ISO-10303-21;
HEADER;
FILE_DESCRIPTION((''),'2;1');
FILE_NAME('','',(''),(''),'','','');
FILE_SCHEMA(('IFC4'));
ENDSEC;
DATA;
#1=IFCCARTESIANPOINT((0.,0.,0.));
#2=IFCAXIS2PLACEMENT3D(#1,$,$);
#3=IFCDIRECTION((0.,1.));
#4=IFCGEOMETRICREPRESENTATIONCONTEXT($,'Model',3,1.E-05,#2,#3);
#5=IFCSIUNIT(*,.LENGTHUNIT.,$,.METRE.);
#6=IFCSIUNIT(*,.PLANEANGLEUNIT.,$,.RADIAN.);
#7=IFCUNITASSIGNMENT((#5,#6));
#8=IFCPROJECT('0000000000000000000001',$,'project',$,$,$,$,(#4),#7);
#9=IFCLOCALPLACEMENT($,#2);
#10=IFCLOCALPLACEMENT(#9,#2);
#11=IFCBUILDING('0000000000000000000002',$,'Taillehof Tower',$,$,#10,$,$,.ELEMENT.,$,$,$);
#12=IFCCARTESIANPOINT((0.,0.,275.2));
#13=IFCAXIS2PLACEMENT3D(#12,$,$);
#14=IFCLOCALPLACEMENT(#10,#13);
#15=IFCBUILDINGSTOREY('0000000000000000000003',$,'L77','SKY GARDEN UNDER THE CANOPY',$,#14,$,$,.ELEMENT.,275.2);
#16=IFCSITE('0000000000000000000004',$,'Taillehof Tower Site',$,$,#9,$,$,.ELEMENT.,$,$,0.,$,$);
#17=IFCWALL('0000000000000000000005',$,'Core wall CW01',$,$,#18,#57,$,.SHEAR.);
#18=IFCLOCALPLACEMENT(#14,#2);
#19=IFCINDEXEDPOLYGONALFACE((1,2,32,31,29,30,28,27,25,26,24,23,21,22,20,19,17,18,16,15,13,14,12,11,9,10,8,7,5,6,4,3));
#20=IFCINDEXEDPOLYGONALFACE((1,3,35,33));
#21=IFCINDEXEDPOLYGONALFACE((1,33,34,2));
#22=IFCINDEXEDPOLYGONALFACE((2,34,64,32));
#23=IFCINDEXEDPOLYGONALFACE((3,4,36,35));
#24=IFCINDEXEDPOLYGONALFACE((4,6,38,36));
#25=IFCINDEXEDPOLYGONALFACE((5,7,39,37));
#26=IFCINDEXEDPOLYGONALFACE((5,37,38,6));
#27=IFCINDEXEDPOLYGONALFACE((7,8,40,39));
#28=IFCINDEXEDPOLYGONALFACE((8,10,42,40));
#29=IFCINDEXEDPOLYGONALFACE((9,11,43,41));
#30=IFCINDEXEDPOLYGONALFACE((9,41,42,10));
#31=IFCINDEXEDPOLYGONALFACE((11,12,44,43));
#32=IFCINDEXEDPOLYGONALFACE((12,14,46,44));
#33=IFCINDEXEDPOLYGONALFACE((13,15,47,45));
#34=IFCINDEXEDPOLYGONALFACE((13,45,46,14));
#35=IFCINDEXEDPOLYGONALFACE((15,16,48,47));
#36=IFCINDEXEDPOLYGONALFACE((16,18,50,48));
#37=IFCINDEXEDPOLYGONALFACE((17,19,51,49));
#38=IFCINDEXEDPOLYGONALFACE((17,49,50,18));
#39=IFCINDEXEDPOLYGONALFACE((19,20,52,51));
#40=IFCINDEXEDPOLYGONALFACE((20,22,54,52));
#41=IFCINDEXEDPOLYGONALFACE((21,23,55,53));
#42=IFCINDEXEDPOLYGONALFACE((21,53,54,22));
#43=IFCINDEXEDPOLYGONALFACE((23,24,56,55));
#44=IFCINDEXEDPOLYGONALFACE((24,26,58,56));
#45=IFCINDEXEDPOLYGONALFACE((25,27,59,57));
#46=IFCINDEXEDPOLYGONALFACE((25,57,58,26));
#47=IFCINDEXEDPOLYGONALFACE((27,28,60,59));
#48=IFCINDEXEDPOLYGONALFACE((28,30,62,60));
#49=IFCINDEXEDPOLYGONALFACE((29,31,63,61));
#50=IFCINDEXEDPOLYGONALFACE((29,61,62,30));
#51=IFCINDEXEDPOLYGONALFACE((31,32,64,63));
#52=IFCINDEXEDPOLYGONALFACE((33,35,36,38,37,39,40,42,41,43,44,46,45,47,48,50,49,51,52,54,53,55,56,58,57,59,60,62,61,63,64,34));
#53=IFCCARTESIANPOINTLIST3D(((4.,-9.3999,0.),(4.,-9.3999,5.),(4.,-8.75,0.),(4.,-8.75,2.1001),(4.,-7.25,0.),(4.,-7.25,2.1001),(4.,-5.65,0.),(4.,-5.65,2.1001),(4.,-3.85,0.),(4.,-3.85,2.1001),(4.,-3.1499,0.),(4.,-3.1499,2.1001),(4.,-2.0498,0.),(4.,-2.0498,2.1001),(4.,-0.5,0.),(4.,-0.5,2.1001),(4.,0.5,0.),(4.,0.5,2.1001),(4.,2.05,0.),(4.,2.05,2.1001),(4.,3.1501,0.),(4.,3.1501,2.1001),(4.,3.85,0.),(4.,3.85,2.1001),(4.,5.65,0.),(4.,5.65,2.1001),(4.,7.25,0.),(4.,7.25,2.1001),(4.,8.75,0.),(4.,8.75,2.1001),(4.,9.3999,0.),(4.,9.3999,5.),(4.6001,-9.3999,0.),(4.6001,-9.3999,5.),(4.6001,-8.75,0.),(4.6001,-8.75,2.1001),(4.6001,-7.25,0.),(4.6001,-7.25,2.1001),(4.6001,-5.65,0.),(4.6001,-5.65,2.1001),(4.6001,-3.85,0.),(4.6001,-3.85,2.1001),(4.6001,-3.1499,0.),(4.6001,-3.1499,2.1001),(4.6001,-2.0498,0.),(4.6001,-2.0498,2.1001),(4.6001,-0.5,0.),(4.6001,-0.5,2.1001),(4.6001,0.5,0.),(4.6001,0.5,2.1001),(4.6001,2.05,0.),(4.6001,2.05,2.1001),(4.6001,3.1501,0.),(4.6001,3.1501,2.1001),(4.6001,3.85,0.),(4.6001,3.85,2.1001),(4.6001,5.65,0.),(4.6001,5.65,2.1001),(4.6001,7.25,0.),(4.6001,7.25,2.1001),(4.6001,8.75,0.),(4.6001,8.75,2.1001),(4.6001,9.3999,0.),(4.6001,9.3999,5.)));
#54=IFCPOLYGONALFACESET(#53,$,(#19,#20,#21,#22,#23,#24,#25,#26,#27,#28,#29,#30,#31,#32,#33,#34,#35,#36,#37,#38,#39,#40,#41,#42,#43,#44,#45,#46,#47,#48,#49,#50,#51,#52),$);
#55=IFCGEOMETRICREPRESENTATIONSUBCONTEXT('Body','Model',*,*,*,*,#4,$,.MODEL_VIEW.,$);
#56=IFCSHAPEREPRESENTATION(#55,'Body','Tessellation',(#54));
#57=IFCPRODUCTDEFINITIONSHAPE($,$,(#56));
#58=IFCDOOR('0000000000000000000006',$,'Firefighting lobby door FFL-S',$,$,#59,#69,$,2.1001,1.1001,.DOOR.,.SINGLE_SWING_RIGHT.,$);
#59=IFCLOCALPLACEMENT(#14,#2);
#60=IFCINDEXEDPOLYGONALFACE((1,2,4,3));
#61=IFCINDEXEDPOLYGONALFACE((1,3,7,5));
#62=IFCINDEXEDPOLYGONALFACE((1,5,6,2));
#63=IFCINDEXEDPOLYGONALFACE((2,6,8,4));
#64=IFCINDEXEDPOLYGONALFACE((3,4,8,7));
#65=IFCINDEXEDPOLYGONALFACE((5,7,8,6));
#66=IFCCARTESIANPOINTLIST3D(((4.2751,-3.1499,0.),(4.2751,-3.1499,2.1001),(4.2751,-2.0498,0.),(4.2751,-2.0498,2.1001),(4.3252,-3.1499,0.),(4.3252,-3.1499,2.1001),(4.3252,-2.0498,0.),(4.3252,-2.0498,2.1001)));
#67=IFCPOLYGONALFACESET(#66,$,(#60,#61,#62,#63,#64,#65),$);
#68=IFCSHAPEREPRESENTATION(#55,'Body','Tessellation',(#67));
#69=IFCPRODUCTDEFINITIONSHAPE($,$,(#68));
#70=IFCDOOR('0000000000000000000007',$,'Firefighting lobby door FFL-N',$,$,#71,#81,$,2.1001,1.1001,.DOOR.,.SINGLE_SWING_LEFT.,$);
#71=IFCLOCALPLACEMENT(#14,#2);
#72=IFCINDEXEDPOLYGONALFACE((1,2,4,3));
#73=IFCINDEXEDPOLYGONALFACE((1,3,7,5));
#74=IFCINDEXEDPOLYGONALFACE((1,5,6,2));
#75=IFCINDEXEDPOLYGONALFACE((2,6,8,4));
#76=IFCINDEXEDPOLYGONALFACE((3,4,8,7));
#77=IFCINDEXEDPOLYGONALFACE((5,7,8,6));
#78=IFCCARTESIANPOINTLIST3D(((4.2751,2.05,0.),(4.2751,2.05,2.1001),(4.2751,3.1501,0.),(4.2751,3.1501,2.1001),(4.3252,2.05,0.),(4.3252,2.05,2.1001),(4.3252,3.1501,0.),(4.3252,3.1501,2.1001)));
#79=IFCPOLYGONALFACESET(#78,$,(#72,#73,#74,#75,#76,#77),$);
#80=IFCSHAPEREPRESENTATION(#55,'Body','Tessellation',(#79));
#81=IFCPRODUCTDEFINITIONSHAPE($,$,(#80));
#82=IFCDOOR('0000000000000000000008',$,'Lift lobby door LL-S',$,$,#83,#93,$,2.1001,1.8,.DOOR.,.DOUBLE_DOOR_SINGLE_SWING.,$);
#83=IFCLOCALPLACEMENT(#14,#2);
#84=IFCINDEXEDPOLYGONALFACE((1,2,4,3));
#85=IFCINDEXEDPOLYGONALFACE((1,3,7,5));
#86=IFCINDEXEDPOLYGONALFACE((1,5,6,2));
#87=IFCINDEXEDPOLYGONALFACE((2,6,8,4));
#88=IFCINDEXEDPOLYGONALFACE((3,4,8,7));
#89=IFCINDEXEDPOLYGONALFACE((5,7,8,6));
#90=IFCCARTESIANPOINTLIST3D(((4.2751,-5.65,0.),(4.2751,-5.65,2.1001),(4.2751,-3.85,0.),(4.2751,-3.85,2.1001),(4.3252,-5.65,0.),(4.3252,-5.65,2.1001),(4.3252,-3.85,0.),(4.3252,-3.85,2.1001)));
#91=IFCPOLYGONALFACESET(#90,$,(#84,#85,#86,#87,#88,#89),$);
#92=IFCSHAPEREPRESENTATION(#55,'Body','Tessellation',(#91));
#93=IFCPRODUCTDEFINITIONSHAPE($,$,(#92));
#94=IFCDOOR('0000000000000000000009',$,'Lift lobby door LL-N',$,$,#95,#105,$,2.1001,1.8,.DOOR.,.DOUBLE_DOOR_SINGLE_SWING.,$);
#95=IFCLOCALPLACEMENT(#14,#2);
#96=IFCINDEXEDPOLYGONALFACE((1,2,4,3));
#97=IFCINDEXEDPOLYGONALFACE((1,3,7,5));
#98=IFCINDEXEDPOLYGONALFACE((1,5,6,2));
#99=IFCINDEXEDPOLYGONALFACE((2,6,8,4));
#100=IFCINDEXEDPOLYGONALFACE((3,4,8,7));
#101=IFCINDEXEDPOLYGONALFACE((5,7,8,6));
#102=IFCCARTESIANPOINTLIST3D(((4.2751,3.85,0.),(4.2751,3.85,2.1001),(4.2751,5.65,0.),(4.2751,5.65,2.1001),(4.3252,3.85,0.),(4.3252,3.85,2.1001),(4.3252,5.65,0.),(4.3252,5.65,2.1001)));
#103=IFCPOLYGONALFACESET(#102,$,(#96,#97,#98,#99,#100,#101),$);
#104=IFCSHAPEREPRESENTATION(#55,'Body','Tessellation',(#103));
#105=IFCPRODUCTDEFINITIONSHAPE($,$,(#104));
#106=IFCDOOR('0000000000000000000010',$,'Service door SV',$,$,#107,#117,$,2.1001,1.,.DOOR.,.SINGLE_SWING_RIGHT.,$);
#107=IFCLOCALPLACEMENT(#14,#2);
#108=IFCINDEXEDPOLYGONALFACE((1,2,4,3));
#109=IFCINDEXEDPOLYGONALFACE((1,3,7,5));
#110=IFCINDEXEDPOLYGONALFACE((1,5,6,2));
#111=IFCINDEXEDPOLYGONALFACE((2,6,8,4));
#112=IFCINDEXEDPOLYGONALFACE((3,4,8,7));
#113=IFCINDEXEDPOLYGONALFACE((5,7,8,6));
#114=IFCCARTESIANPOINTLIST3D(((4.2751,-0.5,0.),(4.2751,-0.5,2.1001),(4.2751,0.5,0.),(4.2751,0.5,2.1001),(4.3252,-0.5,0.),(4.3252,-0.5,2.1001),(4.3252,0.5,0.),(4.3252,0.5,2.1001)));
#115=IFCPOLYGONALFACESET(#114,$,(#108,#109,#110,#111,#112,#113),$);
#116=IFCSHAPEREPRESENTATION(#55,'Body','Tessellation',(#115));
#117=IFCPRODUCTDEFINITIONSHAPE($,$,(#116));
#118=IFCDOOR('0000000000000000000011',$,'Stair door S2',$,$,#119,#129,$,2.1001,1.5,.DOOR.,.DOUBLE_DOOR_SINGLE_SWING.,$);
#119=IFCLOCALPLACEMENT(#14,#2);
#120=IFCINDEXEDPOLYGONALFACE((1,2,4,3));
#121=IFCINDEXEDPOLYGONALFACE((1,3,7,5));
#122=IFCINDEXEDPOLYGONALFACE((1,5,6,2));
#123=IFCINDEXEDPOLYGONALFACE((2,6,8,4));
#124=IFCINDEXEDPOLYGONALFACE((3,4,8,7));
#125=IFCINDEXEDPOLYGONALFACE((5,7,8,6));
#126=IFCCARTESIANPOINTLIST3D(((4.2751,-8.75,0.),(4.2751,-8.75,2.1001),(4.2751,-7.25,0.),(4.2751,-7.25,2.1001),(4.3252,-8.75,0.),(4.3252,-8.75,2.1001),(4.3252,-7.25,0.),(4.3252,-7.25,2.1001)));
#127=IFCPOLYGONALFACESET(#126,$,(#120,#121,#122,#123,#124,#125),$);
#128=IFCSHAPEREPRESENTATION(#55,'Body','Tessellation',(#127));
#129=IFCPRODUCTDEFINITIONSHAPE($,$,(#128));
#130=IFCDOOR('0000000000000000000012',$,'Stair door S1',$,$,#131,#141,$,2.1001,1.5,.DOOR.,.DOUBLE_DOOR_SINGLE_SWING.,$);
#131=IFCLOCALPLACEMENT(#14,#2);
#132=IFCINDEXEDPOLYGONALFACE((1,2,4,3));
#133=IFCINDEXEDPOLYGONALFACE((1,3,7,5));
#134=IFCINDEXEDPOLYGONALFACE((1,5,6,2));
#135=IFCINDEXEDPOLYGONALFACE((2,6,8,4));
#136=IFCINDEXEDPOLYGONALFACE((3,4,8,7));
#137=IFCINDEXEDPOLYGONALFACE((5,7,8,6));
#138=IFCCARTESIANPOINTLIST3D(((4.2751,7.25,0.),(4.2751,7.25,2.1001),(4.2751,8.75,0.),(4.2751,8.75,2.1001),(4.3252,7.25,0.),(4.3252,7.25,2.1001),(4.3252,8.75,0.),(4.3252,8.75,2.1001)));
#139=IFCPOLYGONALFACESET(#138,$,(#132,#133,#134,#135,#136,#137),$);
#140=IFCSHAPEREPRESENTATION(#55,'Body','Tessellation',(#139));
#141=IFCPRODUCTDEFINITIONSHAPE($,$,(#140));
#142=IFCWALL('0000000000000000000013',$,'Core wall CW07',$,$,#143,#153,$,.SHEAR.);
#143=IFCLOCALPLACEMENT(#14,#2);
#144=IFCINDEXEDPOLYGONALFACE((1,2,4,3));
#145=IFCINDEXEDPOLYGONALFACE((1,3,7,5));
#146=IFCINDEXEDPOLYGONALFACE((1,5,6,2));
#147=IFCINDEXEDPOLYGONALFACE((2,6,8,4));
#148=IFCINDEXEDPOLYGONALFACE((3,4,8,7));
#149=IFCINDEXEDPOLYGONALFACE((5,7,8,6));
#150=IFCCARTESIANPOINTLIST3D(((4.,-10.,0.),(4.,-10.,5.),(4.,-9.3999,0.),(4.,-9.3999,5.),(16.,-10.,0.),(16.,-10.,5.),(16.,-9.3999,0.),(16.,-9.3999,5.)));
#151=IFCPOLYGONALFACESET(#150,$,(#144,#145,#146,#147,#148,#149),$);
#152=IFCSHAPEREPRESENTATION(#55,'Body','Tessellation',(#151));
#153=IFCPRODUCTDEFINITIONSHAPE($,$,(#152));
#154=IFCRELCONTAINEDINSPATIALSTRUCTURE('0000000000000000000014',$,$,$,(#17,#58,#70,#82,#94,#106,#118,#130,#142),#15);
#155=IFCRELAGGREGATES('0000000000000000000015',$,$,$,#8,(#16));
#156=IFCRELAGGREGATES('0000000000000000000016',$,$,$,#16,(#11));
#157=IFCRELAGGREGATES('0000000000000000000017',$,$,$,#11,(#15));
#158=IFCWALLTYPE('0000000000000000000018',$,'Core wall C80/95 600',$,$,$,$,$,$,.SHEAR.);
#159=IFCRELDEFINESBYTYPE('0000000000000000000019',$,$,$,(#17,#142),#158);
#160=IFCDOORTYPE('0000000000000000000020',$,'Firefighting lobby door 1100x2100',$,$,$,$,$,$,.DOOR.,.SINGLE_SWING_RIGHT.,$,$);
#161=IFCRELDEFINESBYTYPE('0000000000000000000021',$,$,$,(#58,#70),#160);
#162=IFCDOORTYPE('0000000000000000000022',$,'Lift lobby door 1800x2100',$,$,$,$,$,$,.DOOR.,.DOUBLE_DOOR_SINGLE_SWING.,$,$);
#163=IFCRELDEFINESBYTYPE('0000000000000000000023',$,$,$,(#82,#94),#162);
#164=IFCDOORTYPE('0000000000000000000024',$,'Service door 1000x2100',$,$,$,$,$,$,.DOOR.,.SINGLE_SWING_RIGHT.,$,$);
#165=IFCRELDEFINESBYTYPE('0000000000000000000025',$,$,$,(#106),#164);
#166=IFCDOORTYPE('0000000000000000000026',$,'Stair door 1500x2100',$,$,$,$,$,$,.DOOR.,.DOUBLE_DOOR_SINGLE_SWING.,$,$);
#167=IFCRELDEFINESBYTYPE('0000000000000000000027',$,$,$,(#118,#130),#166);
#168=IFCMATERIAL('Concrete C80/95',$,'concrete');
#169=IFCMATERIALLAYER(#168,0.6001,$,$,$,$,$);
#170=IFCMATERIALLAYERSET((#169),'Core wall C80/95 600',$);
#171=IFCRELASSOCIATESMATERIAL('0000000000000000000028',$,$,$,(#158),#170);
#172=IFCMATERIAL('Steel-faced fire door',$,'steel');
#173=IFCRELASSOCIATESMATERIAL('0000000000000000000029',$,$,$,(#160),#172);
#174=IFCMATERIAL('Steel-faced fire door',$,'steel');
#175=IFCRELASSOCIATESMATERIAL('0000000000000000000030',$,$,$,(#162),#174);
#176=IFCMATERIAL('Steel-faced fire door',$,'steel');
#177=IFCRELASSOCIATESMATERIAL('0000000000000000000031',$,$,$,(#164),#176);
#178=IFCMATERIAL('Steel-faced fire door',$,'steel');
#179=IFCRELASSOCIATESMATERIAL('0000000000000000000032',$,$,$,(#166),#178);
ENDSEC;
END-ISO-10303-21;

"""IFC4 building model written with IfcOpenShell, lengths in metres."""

from ifc_helpers import new_model, si_unit, direction, frame, frame_2d, origin, place, context, subcontext, project, spatial, rectangle, extrude, material, layer, layer_set, type_object, element, fill, save


model = new_model("IFC4")

# Units and contexts
model_context = context("Model", 3, precision=1e-05, world=origin(), true_north=direction((0.0, 1.0)))
body_context = subcontext(model_context, "Body", "Model", "MODEL_VIEW")
ifc_project = project(units=[si_unit("LENGTHUNIT", "METRE"), si_unit("PLANEANGLEUNIT", "RADIAN")], contexts=[model_context])

# Site, building, storey
site_placement = place(None, origin())
site = spatial("IfcSite", under=ifc_project, at=site_placement, Name="Taillehof Tower Site", CompositionType="ELEMENT", RefElevation=0.0)
building_placement = place(site_placement, origin())
building = spatial("IfcBuilding", under=site, at=building_placement, Name="Taillehof Tower", CompositionType="ELEMENT")
storey_placement = place(building_placement, frame((0.0, 0.0, 275.2)))
storey = spatial("IfcBuildingStorey", under=building, at=storey_placement, Name="L77", Description="SKY GARDEN UNDER THE CANOPY", CompositionType="ELEMENT", Elevation=275.2)

# Wall, openings, doors
ifc_material_1 = material(Name="Concrete C80/95", Category="concrete")
ifc_layer_1 = layer(ifc_material_1, 0.6001)
ifc_layer_set_1 = layer_set([ifc_layer_1], Name="Core wall C80/95 600")
wall_type_1 = type_object("IfcWallType", Name="Core wall C80/95 600", PredefinedType="SHEAR", material=ifc_layer_set_1)
wall_1_placement = place(storey_placement, frame((4.3, -9.3999, 0.0), z_axis=(0.0, 0.0, 1.0), x_axis=(0.0, 1.0, 0.0)))
wall_1 = element("IfcWall", 1, at=wall_1_placement, inside=storey, type_object=wall_type_1, Name="Core wall CW01", PredefinedType="SHEAR", context=body_context, shape_type="SweptSolid", body=[
    extrude(rectangle(XDim=18.7998, YDim=0.6001, at=frame_2d((9.3999, 0.0))), origin(), (0.0, 0.0, 1.0), 5.0),
])
opening_1_placement = place(wall_1_placement, frame((0.6499, 0.0, 0.0)))
opening_1 = element("IfcOpeningElement", 2, at=opening_1_placement, cuts=wall_1, PredefinedType="OPENING", context=body_context, shape_type="SweptSolid", body=[
    extrude(rectangle(XDim=1.5, YDim=2.1001, at=frame_2d((0.75, 1.05))), frame((0.0, 0.3101, 0.0), z_axis=(0.0, -1.0, 0.0), x_axis=(1.0, 0.0, 0.0)), (0.0, 0.0, 1.0), 0.6201),
])
opening_2_placement = place(wall_1_placement, frame((3.75, 0.0, 0.0)))
opening_2 = element("IfcOpeningElement", 3, at=opening_2_placement, cuts=wall_1, PredefinedType="OPENING", context=body_context, shape_type="SweptSolid", body=[
    extrude(rectangle(XDim=1.8, YDim=2.1001, at=frame_2d((0.8999, 1.05))), frame((0.0, 0.3101, 0.0), z_axis=(0.0, -1.0, 0.0), x_axis=(1.0, 0.0, 0.0)), (0.0, 0.0, 1.0), 0.6201),
])
opening_3_placement = place(wall_1_placement, frame((6.25, 0.0, 0.0)))
opening_3 = element("IfcOpeningElement", 4, at=opening_3_placement, cuts=wall_1, PredefinedType="OPENING", context=body_context, shape_type="SweptSolid", body=[
    extrude(rectangle(XDim=1.1001, YDim=2.1001, at=frame_2d((0.55, 1.05))), frame((0.0, 0.3101, 0.0), z_axis=(0.0, -1.0, 0.0), x_axis=(1.0, 0.0, 0.0)), (0.0, 0.0, 1.0), 0.6201),
])
opening_4_placement = place(wall_1_placement, frame((8.8999, 0.0, 0.0)))
opening_4 = element("IfcOpeningElement", 5, at=opening_4_placement, cuts=wall_1, PredefinedType="OPENING", context=body_context, shape_type="SweptSolid", body=[
    extrude(rectangle(XDim=1.0, YDim=2.1001, at=frame_2d((0.5, 1.05))), frame((0.0, 0.3101, 0.0), z_axis=(0.0, -1.0, 0.0), x_axis=(1.0, 0.0, 0.0)), (0.0, 0.0, 1.0), 0.6201),
])
opening_5_placement = place(wall_1_placement, frame((11.45, 0.0, 0.0)))
opening_5 = element("IfcOpeningElement", 6, at=opening_5_placement, cuts=wall_1, PredefinedType="OPENING", context=body_context, shape_type="SweptSolid", body=[
    extrude(rectangle(XDim=1.1001, YDim=2.1001, at=frame_2d((0.55, 1.05))), frame((0.0, 0.3101, 0.0), z_axis=(0.0, -1.0, 0.0), x_axis=(1.0, 0.0, 0.0)), (0.0, 0.0, 1.0), 0.6201),
])
opening_6_placement = place(wall_1_placement, frame((13.25, 0.0, 0.0)))
opening_6 = element("IfcOpeningElement", 7, at=opening_6_placement, cuts=wall_1, PredefinedType="OPENING", context=body_context, shape_type="SweptSolid", body=[
    extrude(rectangle(XDim=1.8, YDim=2.1001, at=frame_2d((0.8999, 1.05))), frame((0.0, 0.3101, 0.0), z_axis=(0.0, -1.0, 0.0), x_axis=(1.0, 0.0, 0.0)), (0.0, 0.0, 1.0), 0.6201),
])
opening_7_placement = place(wall_1_placement, frame((16.6499, 0.0, 0.0)))
opening_7 = element("IfcOpeningElement", 8, at=opening_7_placement, cuts=wall_1, PredefinedType="OPENING", context=body_context, shape_type="SweptSolid", body=[
    extrude(rectangle(XDim=1.5, YDim=2.1001, at=frame_2d((0.75, 1.05))), frame((0.0, 0.3101, 0.0), z_axis=(0.0, -1.0, 0.0), x_axis=(1.0, 0.0, 0.0)), (0.0, 0.0, 1.0), 0.6201),
])
ifc_material_2 = material(Name="Steel-faced fire door", Category="steel")
door_type_1 = type_object("IfcDoorType", Name="Firefighting lobby door 1100x2100", OperationType="SINGLE_SWING_RIGHT", PredefinedType="DOOR", material=ifc_material_2)
door_1_placement = place(opening_3_placement, origin())
door_1 = element("IfcDoor", 9, at=door_1_placement, inside=storey, type_object=door_type_1, Name="Firefighting lobby door FFL-S", OperationType="SINGLE_SWING_RIGHT", OverallHeight=2.1001, OverallWidth=1.1001, PredefinedType="DOOR", context=body_context, shape_type="SweptSolid", body=[
    extrude(rectangle(XDim=1.1001, YDim=2.1001, at=frame_2d((0.55, 1.05))), frame((0.0, 0.0249, 0.0), z_axis=(0.0, -1.0, 0.0), x_axis=(1.0, 0.0, 0.0)), (0.0, 0.0, 1.0), 0.05),
])
fill(opening_3, door_1)
door_2_placement = place(opening_5_placement, origin())
door_2 = element("IfcDoor", 10, at=door_2_placement, inside=storey, type_object=door_type_1, Name="Firefighting lobby door FFL-N", OperationType="SINGLE_SWING_LEFT", OverallHeight=2.1001, OverallWidth=1.1001, PredefinedType="DOOR", context=body_context, shape_type="SweptSolid", body=[
    extrude(rectangle(XDim=1.1001, YDim=2.1001, at=frame_2d((0.55, 1.05))), frame((0.0, 0.0249, 0.0), z_axis=(0.0, -1.0, 0.0), x_axis=(1.0, 0.0, 0.0)), (0.0, 0.0, 1.0), 0.05),
])
fill(opening_5, door_2)
ifc_material_3 = material(Name="Steel-faced fire door", Category="steel")
door_type_2 = type_object("IfcDoorType", Name="Lift lobby door 1800x2100", OperationType="DOUBLE_DOOR_SINGLE_SWING", PredefinedType="DOOR", material=ifc_material_3)
door_3_placement = place(opening_2_placement, origin())
door_3 = element("IfcDoor", 11, at=door_3_placement, inside=storey, type_object=door_type_2, Name="Lift lobby door LL-S", OperationType="DOUBLE_DOOR_SINGLE_SWING", OverallHeight=2.1001, OverallWidth=1.8, PredefinedType="DOOR", context=body_context, shape_type="SweptSolid", body=[
    extrude(rectangle(XDim=1.8, YDim=2.1001, at=frame_2d((0.8999, 1.05))), frame((0.0, 0.0249, 0.0), z_axis=(0.0, -1.0, 0.0), x_axis=(1.0, 0.0, 0.0)), (0.0, 0.0, 1.0), 0.05),
])
fill(opening_2, door_3)
door_4_placement = place(opening_6_placement, origin())
door_4 = element("IfcDoor", 12, at=door_4_placement, inside=storey, type_object=door_type_2, Name="Lift lobby door LL-N", OperationType="DOUBLE_DOOR_SINGLE_SWING", OverallHeight=2.1001, OverallWidth=1.8, PredefinedType="DOOR", context=body_context, shape_type="SweptSolid", body=[
    extrude(rectangle(XDim=1.8, YDim=2.1001, at=frame_2d((0.8999, 1.05))), frame((0.0, 0.0249, 0.0), z_axis=(0.0, -1.0, 0.0), x_axis=(1.0, 0.0, 0.0)), (0.0, 0.0, 1.0), 0.05),
])
fill(opening_6, door_4)
ifc_material_4 = material(Name="Steel-faced fire door", Category="steel")
door_type_3 = type_object("IfcDoorType", Name="Service door 1000x2100", OperationType="SINGLE_SWING_RIGHT", PredefinedType="DOOR", material=ifc_material_4)
door_5_placement = place(opening_4_placement, origin())
door_5 = element("IfcDoor", 13, at=door_5_placement, inside=storey, type_object=door_type_3, Name="Service door SV", OperationType="SINGLE_SWING_RIGHT", OverallHeight=2.1001, OverallWidth=1.0, PredefinedType="DOOR", context=body_context, shape_type="SweptSolid", body=[
    extrude(rectangle(XDim=1.0, YDim=2.1001, at=frame_2d((0.5, 1.05))), frame((0.0, 0.0249, 0.0), z_axis=(0.0, -1.0, 0.0), x_axis=(1.0, 0.0, 0.0)), (0.0, 0.0, 1.0), 0.05),
])
fill(opening_4, door_5)
ifc_material_5 = material(Name="Steel-faced fire door", Category="steel")
door_type_4 = type_object("IfcDoorType", Name="Stair door 1500x2100", OperationType="DOUBLE_DOOR_SINGLE_SWING", PredefinedType="DOOR", material=ifc_material_5)
door_6_placement = place(opening_1_placement, origin())
door_6 = element("IfcDoor", 14, at=door_6_placement, inside=storey, type_object=door_type_4, Name="Stair door S2", OperationType="DOUBLE_DOOR_SINGLE_SWING", OverallHeight=2.1001, OverallWidth=1.5, PredefinedType="DOOR", context=body_context, shape_type="SweptSolid", body=[
    extrude(rectangle(XDim=1.5, YDim=2.1001, at=frame_2d((0.75, 1.05))), frame((0.0, 0.0249, 0.0), z_axis=(0.0, -1.0, 0.0), x_axis=(1.0, 0.0, 0.0)), (0.0, 0.0, 1.0), 0.05),
])
fill(opening_1, door_6)
door_7_placement = place(opening_7_placement, origin())
door_7 = element("IfcDoor", 15, at=door_7_placement, inside=storey, type_object=door_type_4, Name="Stair door S1", OperationType="DOUBLE_DOOR_SINGLE_SWING", OverallHeight=2.1001, OverallWidth=1.5, PredefinedType="DOOR", context=body_context, shape_type="SweptSolid", body=[
    extrude(rectangle(XDim=1.5, YDim=2.1001, at=frame_2d((0.75, 1.05))), frame((0.0, 0.0249, 0.0), z_axis=(0.0, -1.0, 0.0), x_axis=(1.0, 0.0, 0.0)), (0.0, 0.0, 1.0), 0.05),
])
fill(opening_7, door_7)

# Wall
wall_2_placement = place(storey_placement, frame((4.0, -9.7, 0.0), z_axis=(0.0, 0.0, 1.0), x_axis=(1.0, 0.0, 0.0)))
element("IfcWall", 16, at=wall_2_placement, inside=storey, type_object=wall_type_1, Name="Core wall CW07", PredefinedType="SHEAR", context=body_context, shape_type="SweptSolid", body=[
    extrude(rectangle(XDim=12.0, YDim=0.6001, at=frame_2d((6.0, 0.0))), origin(), (0.0, 0.0, 1.0), 5.0),
])

save(model, "model.ifc")
